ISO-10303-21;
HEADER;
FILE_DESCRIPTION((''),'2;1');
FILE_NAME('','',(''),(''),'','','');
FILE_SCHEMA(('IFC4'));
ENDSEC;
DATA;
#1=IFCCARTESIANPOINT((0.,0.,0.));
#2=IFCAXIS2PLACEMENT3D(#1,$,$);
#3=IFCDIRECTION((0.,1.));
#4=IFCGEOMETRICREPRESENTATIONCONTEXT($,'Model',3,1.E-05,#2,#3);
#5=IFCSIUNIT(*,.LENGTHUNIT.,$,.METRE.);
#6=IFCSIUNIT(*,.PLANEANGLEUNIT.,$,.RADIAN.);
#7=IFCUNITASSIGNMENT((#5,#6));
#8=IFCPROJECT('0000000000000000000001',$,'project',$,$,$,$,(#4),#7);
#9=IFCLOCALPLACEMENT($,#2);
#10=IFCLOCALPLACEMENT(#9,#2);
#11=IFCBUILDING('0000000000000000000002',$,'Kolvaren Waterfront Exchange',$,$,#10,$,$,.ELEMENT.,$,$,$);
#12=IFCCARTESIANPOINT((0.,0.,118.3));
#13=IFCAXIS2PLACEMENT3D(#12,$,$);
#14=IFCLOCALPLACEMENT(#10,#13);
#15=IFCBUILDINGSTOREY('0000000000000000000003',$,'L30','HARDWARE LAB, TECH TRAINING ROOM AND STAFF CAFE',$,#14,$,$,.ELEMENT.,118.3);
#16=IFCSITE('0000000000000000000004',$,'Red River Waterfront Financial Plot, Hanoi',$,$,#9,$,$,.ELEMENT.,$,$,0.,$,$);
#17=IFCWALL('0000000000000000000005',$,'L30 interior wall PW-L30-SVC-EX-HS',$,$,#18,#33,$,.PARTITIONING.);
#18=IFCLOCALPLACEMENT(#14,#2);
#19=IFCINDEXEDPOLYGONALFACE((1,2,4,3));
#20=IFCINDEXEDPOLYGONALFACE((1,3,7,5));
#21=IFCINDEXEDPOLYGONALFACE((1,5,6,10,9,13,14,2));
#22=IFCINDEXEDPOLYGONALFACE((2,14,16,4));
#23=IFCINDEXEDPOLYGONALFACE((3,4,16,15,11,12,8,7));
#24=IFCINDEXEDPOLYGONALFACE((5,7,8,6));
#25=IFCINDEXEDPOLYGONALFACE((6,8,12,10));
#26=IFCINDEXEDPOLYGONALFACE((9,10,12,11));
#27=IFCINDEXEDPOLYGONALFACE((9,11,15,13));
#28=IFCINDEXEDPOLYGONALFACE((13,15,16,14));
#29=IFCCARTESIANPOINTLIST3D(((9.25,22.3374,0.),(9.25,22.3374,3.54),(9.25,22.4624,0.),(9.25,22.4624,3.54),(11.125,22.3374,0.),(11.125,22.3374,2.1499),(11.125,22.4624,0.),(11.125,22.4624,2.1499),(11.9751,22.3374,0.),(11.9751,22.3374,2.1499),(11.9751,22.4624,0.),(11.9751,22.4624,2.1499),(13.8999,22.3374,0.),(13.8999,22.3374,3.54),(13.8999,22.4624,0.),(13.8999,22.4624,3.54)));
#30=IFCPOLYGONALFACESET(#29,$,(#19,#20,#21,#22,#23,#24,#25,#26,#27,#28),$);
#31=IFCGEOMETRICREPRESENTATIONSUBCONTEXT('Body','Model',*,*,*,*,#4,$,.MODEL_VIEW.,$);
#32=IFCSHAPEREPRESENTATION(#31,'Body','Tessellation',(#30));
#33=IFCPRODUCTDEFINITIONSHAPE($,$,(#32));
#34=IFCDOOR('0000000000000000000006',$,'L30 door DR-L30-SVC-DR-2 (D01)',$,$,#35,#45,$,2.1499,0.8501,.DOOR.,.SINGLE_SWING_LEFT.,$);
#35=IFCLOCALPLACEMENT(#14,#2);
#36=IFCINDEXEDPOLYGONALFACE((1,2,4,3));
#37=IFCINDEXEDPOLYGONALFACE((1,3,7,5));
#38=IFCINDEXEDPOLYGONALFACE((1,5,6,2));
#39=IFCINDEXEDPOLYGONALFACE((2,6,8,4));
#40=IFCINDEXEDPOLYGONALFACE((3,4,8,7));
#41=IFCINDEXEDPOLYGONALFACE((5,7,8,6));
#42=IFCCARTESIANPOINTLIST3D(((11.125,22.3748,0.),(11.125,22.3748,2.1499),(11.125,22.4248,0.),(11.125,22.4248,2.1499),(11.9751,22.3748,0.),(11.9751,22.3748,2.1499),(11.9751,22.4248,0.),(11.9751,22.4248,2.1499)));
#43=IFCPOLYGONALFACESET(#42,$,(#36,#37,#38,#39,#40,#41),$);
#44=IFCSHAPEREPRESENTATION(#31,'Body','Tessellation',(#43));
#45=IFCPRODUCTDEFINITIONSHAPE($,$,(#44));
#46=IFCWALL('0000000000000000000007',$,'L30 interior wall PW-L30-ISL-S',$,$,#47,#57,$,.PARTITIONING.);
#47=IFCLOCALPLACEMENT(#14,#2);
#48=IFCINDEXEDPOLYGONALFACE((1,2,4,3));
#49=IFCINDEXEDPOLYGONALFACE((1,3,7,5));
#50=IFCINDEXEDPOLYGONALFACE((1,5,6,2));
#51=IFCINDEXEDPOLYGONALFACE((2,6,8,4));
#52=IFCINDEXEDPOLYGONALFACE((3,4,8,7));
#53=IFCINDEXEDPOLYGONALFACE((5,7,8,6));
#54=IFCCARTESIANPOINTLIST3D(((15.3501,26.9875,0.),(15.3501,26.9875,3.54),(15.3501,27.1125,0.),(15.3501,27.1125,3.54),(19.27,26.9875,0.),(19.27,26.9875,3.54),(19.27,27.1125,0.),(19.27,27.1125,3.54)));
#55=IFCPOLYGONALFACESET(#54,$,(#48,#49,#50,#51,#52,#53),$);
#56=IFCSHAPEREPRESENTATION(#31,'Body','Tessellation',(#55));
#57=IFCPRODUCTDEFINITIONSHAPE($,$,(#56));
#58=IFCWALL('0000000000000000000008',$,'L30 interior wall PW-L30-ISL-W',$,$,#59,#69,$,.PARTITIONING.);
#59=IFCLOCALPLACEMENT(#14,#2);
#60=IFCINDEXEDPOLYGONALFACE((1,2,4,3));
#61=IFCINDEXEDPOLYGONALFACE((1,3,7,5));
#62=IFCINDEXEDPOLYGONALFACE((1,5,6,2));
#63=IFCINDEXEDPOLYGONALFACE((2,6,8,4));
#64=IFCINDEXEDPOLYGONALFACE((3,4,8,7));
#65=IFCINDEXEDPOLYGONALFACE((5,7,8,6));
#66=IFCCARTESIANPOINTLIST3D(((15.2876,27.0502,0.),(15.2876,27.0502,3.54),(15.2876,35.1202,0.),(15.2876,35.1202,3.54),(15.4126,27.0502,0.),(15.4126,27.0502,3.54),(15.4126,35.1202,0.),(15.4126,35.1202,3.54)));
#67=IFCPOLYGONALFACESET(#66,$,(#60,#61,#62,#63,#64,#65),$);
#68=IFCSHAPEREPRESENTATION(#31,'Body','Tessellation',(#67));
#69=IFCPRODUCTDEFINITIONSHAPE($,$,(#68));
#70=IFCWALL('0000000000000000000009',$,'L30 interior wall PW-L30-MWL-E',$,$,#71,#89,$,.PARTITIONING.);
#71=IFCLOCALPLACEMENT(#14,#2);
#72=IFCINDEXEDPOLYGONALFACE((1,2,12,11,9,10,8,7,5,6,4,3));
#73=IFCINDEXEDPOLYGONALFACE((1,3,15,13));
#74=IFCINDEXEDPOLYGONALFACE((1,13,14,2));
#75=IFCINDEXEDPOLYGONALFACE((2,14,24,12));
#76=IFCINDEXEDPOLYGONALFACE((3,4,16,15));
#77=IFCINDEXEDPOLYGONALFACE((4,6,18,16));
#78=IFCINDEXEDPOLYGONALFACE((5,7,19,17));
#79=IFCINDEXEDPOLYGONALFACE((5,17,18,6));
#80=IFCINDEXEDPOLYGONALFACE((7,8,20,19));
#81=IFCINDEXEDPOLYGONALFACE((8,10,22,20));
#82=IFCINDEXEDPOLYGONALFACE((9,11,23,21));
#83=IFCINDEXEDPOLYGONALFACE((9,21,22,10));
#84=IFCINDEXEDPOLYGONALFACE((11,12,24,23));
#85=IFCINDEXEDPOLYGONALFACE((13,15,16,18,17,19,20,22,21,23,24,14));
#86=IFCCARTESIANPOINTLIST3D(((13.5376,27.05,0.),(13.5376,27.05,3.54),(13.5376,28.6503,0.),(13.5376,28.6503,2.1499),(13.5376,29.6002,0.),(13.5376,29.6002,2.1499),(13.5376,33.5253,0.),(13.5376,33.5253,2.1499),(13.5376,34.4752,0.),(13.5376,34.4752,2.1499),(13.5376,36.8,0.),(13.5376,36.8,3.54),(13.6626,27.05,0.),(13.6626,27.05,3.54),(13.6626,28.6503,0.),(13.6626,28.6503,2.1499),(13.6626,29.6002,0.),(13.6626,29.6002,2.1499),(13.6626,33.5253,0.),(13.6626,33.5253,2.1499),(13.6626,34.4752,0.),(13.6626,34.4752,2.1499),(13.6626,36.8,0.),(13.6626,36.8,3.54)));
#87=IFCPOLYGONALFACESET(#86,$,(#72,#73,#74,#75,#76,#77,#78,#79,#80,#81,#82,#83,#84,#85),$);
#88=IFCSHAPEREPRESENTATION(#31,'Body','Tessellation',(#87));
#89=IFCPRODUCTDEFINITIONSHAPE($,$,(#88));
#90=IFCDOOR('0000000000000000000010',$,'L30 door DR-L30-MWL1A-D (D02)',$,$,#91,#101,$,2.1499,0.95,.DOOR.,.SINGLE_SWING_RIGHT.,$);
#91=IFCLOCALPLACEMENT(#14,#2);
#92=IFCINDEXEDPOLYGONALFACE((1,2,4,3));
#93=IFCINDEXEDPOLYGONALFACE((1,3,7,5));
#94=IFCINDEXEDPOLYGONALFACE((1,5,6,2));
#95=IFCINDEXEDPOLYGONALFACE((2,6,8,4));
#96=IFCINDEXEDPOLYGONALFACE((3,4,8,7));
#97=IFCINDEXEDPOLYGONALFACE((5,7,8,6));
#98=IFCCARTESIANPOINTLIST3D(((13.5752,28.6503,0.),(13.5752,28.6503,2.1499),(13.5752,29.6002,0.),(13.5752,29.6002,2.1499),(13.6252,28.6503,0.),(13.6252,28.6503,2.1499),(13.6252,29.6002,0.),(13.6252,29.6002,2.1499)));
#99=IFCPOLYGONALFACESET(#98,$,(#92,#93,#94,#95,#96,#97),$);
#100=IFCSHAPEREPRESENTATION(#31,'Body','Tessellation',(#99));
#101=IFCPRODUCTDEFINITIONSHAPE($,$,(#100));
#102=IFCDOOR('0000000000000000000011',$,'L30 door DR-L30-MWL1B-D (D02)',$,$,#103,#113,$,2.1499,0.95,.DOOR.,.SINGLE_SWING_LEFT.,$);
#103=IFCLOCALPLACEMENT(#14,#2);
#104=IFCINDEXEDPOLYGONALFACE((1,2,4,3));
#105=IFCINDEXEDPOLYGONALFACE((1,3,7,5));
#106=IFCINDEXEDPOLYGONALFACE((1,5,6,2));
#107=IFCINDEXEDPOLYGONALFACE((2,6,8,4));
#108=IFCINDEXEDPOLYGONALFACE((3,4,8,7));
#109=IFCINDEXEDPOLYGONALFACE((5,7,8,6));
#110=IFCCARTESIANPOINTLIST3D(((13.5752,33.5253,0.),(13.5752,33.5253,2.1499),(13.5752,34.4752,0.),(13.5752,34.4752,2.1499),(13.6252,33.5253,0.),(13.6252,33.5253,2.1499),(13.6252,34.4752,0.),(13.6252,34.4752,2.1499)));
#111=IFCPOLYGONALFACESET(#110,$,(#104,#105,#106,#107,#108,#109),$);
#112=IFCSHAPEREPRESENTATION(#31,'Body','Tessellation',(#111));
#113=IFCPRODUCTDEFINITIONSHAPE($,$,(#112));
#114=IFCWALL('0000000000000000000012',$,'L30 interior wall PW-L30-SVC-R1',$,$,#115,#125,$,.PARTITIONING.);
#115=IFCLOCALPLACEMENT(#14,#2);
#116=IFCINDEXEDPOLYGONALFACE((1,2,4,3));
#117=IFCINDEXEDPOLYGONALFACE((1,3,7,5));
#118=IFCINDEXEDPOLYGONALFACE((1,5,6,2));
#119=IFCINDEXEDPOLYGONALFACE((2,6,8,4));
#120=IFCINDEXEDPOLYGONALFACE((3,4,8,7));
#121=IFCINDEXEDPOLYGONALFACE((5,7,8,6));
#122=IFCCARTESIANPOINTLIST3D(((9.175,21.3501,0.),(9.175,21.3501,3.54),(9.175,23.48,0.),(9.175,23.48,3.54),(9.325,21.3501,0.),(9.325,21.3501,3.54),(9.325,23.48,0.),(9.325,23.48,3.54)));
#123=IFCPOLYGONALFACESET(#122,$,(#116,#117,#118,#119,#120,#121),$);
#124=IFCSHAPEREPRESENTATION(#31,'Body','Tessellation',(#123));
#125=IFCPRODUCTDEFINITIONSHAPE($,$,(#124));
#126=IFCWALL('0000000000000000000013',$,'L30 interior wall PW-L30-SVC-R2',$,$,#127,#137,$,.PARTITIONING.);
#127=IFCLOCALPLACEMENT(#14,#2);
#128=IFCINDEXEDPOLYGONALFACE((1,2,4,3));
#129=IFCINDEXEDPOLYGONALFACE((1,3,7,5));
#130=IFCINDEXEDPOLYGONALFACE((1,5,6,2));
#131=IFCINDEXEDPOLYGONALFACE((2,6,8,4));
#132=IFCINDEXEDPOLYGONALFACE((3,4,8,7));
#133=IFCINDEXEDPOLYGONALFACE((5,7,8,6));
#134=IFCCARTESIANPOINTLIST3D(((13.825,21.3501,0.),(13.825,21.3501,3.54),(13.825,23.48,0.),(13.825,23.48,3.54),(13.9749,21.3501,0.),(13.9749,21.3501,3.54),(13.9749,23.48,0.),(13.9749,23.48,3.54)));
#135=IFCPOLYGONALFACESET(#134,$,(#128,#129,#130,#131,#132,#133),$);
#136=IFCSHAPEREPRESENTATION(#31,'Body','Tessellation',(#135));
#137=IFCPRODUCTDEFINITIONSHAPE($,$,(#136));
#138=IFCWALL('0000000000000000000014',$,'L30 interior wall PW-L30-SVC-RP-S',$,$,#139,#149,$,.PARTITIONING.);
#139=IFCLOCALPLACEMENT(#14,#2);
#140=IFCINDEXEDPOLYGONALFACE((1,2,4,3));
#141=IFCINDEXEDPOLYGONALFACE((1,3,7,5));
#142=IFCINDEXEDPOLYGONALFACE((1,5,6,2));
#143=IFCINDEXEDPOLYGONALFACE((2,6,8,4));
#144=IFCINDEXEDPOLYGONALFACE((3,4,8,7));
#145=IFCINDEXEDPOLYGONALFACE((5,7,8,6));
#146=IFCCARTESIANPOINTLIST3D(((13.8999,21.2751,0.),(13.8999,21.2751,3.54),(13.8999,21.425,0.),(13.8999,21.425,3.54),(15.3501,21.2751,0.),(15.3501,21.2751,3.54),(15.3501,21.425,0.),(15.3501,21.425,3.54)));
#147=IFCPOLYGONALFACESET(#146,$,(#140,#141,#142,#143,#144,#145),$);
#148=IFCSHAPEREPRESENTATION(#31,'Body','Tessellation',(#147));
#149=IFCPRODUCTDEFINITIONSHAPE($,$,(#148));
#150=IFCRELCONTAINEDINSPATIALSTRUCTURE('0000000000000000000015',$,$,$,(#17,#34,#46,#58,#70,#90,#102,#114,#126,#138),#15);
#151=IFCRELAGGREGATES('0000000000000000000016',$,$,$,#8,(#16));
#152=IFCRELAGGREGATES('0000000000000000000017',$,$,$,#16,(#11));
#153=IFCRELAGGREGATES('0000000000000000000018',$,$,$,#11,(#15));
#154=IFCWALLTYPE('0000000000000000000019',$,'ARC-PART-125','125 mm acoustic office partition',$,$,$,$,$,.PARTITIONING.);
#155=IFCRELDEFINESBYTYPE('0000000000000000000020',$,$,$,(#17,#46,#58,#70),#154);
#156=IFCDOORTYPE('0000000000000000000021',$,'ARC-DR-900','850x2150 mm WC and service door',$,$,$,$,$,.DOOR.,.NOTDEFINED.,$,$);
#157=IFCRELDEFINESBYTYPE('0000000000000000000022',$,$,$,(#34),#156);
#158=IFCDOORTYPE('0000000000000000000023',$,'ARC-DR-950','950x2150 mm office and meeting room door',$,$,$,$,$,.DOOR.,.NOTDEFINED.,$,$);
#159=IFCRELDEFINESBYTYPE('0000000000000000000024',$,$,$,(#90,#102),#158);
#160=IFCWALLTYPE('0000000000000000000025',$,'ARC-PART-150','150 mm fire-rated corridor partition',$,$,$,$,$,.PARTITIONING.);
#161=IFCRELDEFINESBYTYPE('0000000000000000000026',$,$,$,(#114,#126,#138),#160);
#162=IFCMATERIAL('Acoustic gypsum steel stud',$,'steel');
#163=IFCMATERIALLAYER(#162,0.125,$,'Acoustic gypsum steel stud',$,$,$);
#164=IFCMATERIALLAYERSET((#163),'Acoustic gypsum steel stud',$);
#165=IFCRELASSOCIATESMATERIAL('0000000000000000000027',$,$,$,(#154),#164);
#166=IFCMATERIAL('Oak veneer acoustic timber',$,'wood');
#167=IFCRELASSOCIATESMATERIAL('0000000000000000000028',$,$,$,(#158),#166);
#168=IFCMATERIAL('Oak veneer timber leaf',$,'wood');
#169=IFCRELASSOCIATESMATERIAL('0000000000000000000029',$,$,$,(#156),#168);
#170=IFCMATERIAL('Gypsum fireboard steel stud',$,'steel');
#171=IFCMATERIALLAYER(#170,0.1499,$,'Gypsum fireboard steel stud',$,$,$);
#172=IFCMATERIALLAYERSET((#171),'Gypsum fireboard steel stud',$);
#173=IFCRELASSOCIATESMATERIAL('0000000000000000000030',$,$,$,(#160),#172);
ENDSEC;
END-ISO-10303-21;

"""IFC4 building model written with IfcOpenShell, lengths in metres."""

from ifc_helpers import new_model, si_unit, direction, frame, frame_2d, origin, place, context, subcontext, project, spatial, rectangle, extrude, material, layer, layer_set, type_object, element, fill, save


model = new_model("IFC4")

# Units and contexts
model_context = context("Model", 3, precision=1e-05, world=origin(), true_north=direction((0.0, 1.0)))
body_context = subcontext(model_context, "Body", "Model", "MODEL_VIEW")
ifc_project = project(units=[si_unit("LENGTHUNIT", "METRE"), si_unit("PLANEANGLEUNIT", "RADIAN")], contexts=[model_context])

# Site, building, storey
site_placement = place(None, origin())
site = spatial("IfcSite", under=ifc_project, at=site_placement, Name="Red River Waterfront Financial Plot, Hanoi", CompositionType="ELEMENT", RefElevation=0.0)
building_placement = place(site_placement, origin())
building = spatial("IfcBuilding", under=site, at=building_placement, Name="Kolvaren Waterfront Exchange", CompositionType="ELEMENT")
storey_placement = place(building_placement, frame((0.0, 0.0, 118.3)))
storey = spatial("IfcBuildingStorey", under=building, at=storey_placement, Name="L30", Description="HARDWARE LAB, TECH TRAINING ROOM AND STAFF CAFE", CompositionType="ELEMENT", Elevation=118.3)

# Wall, opening, door
ifc_material_1 = material(Name="Acoustic gypsum steel stud", Category="steel")
ifc_layer_1 = layer(ifc_material_1, 0.125, Name="Acoustic gypsum steel stud")
ifc_layer_set_1 = layer_set([ifc_layer_1], Name="Acoustic gypsum steel stud")
wall_type_1 = type_object("IfcWallType", Name="ARC-PART-125", Description="125 mm acoustic office partition", PredefinedType="PARTITIONING", material=ifc_layer_set_1)
ifc_material_2 = material(Name="Oak veneer acoustic timber", Category="wood")
door_type_1 = type_object("IfcDoorType", Name="ARC-DR-950", Description="950x2150 mm office and meeting room door", OperationType="NOTDEFINED", PredefinedType="DOOR", material=ifc_material_2)
wall_1_placement = place(storey_placement, frame((9.25, 22.3999, 0.0), z_axis=(0.0, 0.0, 1.0), x_axis=(1.0, 0.0, 0.0)))
wall_1 = element("IfcWall", 1, at=wall_1_placement, inside=storey, type_object=wall_type_1, Name="L30 interior wall PW-L30-SVC-EX-HS", PredefinedType="PARTITIONING", context=body_context, shape_type="SweptSolid", body=[
    extrude(rectangle(XDim=4.6499, YDim=0.125, at=frame_2d((2.325, 0.0))), origin(), (0.0, 0.0, 1.0), 3.54),
])
opening_1_placement = place(wall_1_placement, frame((1.875, 0.0, 0.0)))
opening_1 = element("IfcOpeningElement", 2, at=opening_1_placement, cuts=wall_1, PredefinedType="OPENING", context=body_context, shape_type="SweptSolid", body=[
    extrude(rectangle(XDim=0.8501, YDim=2.1499, at=frame_2d((0.425, 1.075))), frame((0.0, 0.0725, 0.0), z_axis=(0.0, -1.0, 0.0), x_axis=(1.0, 0.0, 0.0)), (0.0, 0.0, 1.0), 0.145),
])
ifc_material_3 = material(Name="Oak veneer timber leaf", Category="wood")
door_type_2 = type_object("IfcDoorType", Name="ARC-DR-900", Description="850x2150 mm WC and service door", OperationType="NOTDEFINED", PredefinedType="DOOR", material=ifc_material_3)
door_1_placement = place(opening_1_placement, origin())
door_1 = element("IfcDoor", 3, at=door_1_placement, inside=storey, type_object=door_type_2, Name="L30 door DR-L30-SVC-DR-2 (D01)", OperationType="SINGLE_SWING_LEFT", OverallHeight=2.1499, OverallWidth=0.8501, PredefinedType="DOOR", context=body_context, shape_type="SweptSolid", body=[
    extrude(rectangle(XDim=0.8501, YDim=2.1499, at=frame_2d((0.425, 1.075))), frame((0.0, 0.0249, 0.0), z_axis=(0.0, -1.0, 0.0), x_axis=(1.0, 0.0, 0.0)), (0.0, 0.0, 1.0), 0.05),
])
fill(opening_1, door_1)

# Walls
wall_2_placement = place(storey_placement, frame((15.3501, 27.05, 0.0), z_axis=(0.0, 0.0, 1.0), x_axis=(1.0, 0.0, 0.0)))
element("IfcWall", 4, at=wall_2_placement, inside=storey, type_object=wall_type_1, Name="L30 interior wall PW-L30-ISL-S", PredefinedType="PARTITIONING", context=body_context, shape_type="SweptSolid", body=[
    extrude(rectangle(XDim=3.9199, YDim=0.125, at=frame_2d((1.96, 0.0))), origin(), (0.0, 0.0, 1.0), 3.54),
])
wall_3_placement = place(storey_placement, frame((15.3501, 27.05, 0.0), z_axis=(0.0, 0.0, 1.0), x_axis=(0.0, 1.0, 0.0)))
element("IfcWall", 5, at=wall_3_placement, inside=storey, type_object=wall_type_1, Name="L30 interior wall PW-L30-ISL-W", PredefinedType="PARTITIONING", context=body_context, shape_type="SweptSolid", body=[
    extrude(rectangle(XDim=8.0701, YDim=0.125, at=frame_2d((4.0352, 0.0))), origin(), (0.0, 0.0, 1.0), 3.54),
])

# Wall, openings, doors
wall_4_placement = place(storey_placement, frame((13.6001, 27.05, 0.0), z_axis=(0.0, 0.0, 1.0), x_axis=(0.0, 1.0, 0.0)))
wall_4 = element("IfcWall", 6, at=wall_4_placement, inside=storey, type_object=wall_type_1, Name="L30 interior wall PW-L30-MWL-E", PredefinedType="PARTITIONING", context=body_context, shape_type="SweptSolid", body=[
    extrude(rectangle(XDim=9.75, YDim=0.125, at=frame_2d((4.875, 0.0))), origin(), (0.0, 0.0, 1.0), 3.54),
])
opening_2_placement = place(wall_4_placement, frame((1.6001, 0.0, 0.0)))
opening_2 = element("IfcOpeningElement", 7, at=opening_2_placement, cuts=wall_4, PredefinedType="OPENING", context=body_context, shape_type="SweptSolid", body=[
    extrude(rectangle(XDim=0.95, YDim=2.1499, at=frame_2d((0.4751, 1.075))), frame((0.0, 0.0725, 0.0), z_axis=(0.0, -1.0, 0.0), x_axis=(1.0, 0.0, 0.0)), (0.0, 0.0, 1.0), 0.145),
])
opening_3_placement = place(wall_4_placement, frame((6.4751, 0.0, 0.0)))
opening_3 = element("IfcOpeningElement", 8, at=opening_3_placement, cuts=wall_4, PredefinedType="OPENING", context=body_context, shape_type="SweptSolid", body=[
    extrude(rectangle(XDim=0.95, YDim=2.1499, at=frame_2d((0.4751, 1.075))), frame((0.0, 0.0725, 0.0), z_axis=(0.0, -1.0, 0.0), x_axis=(1.0, 0.0, 0.0)), (0.0, 0.0, 1.0), 0.145),
])
door_2_placement = place(opening_2_placement, origin())
door_2 = element("IfcDoor", 9, at=door_2_placement, inside=storey, type_object=door_type_1, Name="L30 door DR-L30-MWL1A-D (D02)", OperationType="SINGLE_SWING_RIGHT", OverallHeight=2.1499, OverallWidth=0.95, PredefinedType="DOOR", context=body_context, shape_type="SweptSolid", body=[
    extrude(rectangle(XDim=0.95, YDim=2.1499, at=frame_2d((0.4751, 1.075))), frame((0.0, 0.0249, 0.0), z_axis=(0.0, -1.0, 0.0), x_axis=(1.0, 0.0, 0.0)), (0.0, 0.0, 1.0), 0.05),
])
fill(opening_2, door_2)
door_3_placement = place(opening_3_placement, origin())
door_3 = element("IfcDoor", 10, at=door_3_placement, inside=storey, type_object=door_type_1, Name="L30 door DR-L30-MWL1B-D (D02)", OperationType="SINGLE_SWING_LEFT", OverallHeight=2.1499, OverallWidth=0.95, PredefinedType="DOOR", context=body_context, shape_type="SweptSolid", body=[
    extrude(rectangle(XDim=0.95, YDim=2.1499, at=frame_2d((0.4751, 1.075))), frame((0.0, 0.0249, 0.0), z_axis=(0.0, -1.0, 0.0), x_axis=(1.0, 0.0, 0.0)), (0.0, 0.0, 1.0), 0.05),
])
fill(opening_3, door_3)

# Walls
ifc_material_4 = material(Name="Gypsum fireboard steel stud", Category="steel")
ifc_layer_2 = layer(ifc_material_4, 0.1499, Name="Gypsum fireboard steel stud")
ifc_layer_set_2 = layer_set([ifc_layer_2], Name="Gypsum fireboard steel stud")
wall_type_2 = type_object("IfcWallType", Name="ARC-PART-150", Description="150 mm fire-rated corridor partition", PredefinedType="PARTITIONING", material=ifc_layer_set_2)
for number, where, z_axis, x_axis, name in (
    (11, (9.25, 21.3501, 0.0), (0.0, 0.0, 1.0), (0.0, 1.0, 0.0), "L30 interior wall PW-L30-SVC-R1"),
    (12, (13.8999, 21.3501, 0.0), (0.0, 0.0, 1.0), (0.0, 1.0, 0.0), "L30 interior wall PW-L30-SVC-R2"),
):
    element("IfcWall", number, at=place(storey_placement, frame(where, z_axis=z_axis, x_axis=x_axis)), inside=storey, type_object=wall_type_2, Name=name, PredefinedType="PARTITIONING", context=body_context, shape_type="SweptSolid", body=[
        extrude(rectangle(XDim=2.1299, YDim=0.1499, at=frame_2d((1.0649, 0.0))), origin(), (0.0, 0.0, 1.0), 3.54),
    ])

# Wall
wall_5_placement = place(storey_placement, frame((13.8999, 21.3501, 0.0), z_axis=(0.0, 0.0, 1.0), x_axis=(1.0, 0.0, 0.0)))
element("IfcWall", 13, at=wall_5_placement, inside=storey, type_object=wall_type_2, Name="L30 interior wall PW-L30-SVC-RP-S", PredefinedType="PARTITIONING", context=body_context, shape_type="SweptSolid", body=[
    extrude(rectangle(XDim=1.4502, YDim=0.1499, at=frame_2d((0.7251, 0.0))), origin(), (0.0, 0.0, 1.0), 3.54),
])

save(model, "model.ifc")
